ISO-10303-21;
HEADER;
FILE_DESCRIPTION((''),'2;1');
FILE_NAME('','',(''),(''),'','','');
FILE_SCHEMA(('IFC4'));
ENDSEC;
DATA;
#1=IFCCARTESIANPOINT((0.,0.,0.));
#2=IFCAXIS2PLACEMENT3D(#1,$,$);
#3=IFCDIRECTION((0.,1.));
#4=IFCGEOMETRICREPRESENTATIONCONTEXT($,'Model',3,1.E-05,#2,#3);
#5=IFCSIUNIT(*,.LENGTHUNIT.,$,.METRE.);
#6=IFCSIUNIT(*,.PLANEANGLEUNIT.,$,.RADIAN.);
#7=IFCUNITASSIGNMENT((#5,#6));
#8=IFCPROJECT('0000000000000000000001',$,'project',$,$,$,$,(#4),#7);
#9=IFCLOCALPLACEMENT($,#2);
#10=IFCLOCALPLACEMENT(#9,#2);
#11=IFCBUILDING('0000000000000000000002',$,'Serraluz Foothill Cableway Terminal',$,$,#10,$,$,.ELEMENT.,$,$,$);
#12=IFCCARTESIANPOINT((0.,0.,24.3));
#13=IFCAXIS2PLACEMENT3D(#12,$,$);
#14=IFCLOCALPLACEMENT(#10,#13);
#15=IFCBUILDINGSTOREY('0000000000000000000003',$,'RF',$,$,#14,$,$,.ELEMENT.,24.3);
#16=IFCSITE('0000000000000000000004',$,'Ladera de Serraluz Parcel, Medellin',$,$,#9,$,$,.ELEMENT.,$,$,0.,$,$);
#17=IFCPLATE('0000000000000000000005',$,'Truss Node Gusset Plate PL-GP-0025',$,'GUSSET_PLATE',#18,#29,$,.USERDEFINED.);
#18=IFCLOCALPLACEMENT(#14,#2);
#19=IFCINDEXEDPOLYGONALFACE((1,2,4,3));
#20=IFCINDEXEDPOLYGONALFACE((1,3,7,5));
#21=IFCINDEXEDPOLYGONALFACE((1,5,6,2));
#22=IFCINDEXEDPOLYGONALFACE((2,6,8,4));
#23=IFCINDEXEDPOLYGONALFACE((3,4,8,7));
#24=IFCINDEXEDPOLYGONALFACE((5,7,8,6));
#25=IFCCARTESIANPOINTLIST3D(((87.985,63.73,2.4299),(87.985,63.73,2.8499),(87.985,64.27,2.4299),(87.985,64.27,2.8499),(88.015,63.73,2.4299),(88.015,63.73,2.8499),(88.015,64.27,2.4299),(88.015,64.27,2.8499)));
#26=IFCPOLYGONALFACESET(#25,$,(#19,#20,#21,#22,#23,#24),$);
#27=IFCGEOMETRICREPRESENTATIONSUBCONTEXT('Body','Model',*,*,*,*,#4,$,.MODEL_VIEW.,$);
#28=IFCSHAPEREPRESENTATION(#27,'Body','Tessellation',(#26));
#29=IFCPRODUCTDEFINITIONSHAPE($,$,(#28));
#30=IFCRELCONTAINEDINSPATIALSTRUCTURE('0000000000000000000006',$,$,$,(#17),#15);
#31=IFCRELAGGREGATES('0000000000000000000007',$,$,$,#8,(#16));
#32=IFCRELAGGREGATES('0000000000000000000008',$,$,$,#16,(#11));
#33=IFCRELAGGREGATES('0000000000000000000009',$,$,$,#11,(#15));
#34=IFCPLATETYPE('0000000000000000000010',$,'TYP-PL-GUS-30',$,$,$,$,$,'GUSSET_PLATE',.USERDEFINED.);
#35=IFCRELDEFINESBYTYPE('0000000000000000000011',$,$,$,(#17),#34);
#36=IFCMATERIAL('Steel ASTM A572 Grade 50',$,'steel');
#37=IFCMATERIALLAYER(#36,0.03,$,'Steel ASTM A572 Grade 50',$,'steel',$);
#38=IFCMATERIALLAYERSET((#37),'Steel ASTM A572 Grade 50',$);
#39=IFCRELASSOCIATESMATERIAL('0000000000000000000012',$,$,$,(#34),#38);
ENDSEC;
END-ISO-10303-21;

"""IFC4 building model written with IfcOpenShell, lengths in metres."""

from ifc_helpers import new_model, si_unit, direction, frame, origin, origin_2d, place, context, subcontext, project, spatial, rectangle, extrude, material, layer, layer_set, type_object, element, save


model = new_model("IFC4")

# Units and contexts
model_context = context("Model", 3, precision=1e-05, world=origin(), true_north=direction((0.0, 1.0)))
body_context = subcontext(model_context, "Body", "Model", "MODEL_VIEW")
ifc_project = project(units=[si_unit("LENGTHUNIT", "METRE"), si_unit("PLANEANGLEUNIT", "RADIAN")], contexts=[model_context])

# Site, building, storey
site_placement = place(None, origin())
site = spatial("IfcSite", under=ifc_project, at=site_placement, Name="Ladera de Serraluz Parcel, Medellin", CompositionType="ELEMENT", RefElevation=0.0)
building_placement = place(site_placement, origin())
building = spatial("IfcBuilding", under=site, at=building_placement, Name="Serraluz Foothill Cableway Terminal", CompositionType="ELEMENT")
storey_placement = place(building_placement, frame((0.0, 0.0, 24.3)))
storey = spatial("IfcBuildingStorey", under=building, at=storey_placement, Name="RF", CompositionType="ELEMENT", Elevation=24.3)

# Shared definitions
ifc_material_1 = material(Name="Steel ASTM A572 Grade 50", Category="steel")

# Plate
ifc_layer_1 = layer(ifc_material_1, 0.03, Name="Steel ASTM A572 Grade 50", Category="steel")
ifc_layer_set_1 = layer_set([ifc_layer_1], Name="Steel ASTM A572 Grade 50")
plate_type_1 = type_object("IfcPlateType", Name="TYP-PL-GUS-30", ElementType="GUSSET_PLATE", PredefinedType="USERDEFINED", material=ifc_layer_set_1)
plate_1_placement = place(storey_placement, frame((88.0, 64.0, 2.4299), z_axis=(0.0, 0.0, 1.0), x_axis=(1.0, 0.0, 0.0)))
element("IfcPlate", 1, at=plate_1_placement, inside=storey, type_object=plate_type_1, Name="Truss Node Gusset Plate PL-GP-0025", ObjectType="GUSSET_PLATE", PredefinedType="USERDEFINED", context=body_context, shape_type="SweptSolid", body=[
    extrude(rectangle(XDim=0.03, YDim=0.54, at=origin_2d()), origin(), (0.0, 0.0, 1.0), 0.4199),
])

save(model, "model.ifc")
